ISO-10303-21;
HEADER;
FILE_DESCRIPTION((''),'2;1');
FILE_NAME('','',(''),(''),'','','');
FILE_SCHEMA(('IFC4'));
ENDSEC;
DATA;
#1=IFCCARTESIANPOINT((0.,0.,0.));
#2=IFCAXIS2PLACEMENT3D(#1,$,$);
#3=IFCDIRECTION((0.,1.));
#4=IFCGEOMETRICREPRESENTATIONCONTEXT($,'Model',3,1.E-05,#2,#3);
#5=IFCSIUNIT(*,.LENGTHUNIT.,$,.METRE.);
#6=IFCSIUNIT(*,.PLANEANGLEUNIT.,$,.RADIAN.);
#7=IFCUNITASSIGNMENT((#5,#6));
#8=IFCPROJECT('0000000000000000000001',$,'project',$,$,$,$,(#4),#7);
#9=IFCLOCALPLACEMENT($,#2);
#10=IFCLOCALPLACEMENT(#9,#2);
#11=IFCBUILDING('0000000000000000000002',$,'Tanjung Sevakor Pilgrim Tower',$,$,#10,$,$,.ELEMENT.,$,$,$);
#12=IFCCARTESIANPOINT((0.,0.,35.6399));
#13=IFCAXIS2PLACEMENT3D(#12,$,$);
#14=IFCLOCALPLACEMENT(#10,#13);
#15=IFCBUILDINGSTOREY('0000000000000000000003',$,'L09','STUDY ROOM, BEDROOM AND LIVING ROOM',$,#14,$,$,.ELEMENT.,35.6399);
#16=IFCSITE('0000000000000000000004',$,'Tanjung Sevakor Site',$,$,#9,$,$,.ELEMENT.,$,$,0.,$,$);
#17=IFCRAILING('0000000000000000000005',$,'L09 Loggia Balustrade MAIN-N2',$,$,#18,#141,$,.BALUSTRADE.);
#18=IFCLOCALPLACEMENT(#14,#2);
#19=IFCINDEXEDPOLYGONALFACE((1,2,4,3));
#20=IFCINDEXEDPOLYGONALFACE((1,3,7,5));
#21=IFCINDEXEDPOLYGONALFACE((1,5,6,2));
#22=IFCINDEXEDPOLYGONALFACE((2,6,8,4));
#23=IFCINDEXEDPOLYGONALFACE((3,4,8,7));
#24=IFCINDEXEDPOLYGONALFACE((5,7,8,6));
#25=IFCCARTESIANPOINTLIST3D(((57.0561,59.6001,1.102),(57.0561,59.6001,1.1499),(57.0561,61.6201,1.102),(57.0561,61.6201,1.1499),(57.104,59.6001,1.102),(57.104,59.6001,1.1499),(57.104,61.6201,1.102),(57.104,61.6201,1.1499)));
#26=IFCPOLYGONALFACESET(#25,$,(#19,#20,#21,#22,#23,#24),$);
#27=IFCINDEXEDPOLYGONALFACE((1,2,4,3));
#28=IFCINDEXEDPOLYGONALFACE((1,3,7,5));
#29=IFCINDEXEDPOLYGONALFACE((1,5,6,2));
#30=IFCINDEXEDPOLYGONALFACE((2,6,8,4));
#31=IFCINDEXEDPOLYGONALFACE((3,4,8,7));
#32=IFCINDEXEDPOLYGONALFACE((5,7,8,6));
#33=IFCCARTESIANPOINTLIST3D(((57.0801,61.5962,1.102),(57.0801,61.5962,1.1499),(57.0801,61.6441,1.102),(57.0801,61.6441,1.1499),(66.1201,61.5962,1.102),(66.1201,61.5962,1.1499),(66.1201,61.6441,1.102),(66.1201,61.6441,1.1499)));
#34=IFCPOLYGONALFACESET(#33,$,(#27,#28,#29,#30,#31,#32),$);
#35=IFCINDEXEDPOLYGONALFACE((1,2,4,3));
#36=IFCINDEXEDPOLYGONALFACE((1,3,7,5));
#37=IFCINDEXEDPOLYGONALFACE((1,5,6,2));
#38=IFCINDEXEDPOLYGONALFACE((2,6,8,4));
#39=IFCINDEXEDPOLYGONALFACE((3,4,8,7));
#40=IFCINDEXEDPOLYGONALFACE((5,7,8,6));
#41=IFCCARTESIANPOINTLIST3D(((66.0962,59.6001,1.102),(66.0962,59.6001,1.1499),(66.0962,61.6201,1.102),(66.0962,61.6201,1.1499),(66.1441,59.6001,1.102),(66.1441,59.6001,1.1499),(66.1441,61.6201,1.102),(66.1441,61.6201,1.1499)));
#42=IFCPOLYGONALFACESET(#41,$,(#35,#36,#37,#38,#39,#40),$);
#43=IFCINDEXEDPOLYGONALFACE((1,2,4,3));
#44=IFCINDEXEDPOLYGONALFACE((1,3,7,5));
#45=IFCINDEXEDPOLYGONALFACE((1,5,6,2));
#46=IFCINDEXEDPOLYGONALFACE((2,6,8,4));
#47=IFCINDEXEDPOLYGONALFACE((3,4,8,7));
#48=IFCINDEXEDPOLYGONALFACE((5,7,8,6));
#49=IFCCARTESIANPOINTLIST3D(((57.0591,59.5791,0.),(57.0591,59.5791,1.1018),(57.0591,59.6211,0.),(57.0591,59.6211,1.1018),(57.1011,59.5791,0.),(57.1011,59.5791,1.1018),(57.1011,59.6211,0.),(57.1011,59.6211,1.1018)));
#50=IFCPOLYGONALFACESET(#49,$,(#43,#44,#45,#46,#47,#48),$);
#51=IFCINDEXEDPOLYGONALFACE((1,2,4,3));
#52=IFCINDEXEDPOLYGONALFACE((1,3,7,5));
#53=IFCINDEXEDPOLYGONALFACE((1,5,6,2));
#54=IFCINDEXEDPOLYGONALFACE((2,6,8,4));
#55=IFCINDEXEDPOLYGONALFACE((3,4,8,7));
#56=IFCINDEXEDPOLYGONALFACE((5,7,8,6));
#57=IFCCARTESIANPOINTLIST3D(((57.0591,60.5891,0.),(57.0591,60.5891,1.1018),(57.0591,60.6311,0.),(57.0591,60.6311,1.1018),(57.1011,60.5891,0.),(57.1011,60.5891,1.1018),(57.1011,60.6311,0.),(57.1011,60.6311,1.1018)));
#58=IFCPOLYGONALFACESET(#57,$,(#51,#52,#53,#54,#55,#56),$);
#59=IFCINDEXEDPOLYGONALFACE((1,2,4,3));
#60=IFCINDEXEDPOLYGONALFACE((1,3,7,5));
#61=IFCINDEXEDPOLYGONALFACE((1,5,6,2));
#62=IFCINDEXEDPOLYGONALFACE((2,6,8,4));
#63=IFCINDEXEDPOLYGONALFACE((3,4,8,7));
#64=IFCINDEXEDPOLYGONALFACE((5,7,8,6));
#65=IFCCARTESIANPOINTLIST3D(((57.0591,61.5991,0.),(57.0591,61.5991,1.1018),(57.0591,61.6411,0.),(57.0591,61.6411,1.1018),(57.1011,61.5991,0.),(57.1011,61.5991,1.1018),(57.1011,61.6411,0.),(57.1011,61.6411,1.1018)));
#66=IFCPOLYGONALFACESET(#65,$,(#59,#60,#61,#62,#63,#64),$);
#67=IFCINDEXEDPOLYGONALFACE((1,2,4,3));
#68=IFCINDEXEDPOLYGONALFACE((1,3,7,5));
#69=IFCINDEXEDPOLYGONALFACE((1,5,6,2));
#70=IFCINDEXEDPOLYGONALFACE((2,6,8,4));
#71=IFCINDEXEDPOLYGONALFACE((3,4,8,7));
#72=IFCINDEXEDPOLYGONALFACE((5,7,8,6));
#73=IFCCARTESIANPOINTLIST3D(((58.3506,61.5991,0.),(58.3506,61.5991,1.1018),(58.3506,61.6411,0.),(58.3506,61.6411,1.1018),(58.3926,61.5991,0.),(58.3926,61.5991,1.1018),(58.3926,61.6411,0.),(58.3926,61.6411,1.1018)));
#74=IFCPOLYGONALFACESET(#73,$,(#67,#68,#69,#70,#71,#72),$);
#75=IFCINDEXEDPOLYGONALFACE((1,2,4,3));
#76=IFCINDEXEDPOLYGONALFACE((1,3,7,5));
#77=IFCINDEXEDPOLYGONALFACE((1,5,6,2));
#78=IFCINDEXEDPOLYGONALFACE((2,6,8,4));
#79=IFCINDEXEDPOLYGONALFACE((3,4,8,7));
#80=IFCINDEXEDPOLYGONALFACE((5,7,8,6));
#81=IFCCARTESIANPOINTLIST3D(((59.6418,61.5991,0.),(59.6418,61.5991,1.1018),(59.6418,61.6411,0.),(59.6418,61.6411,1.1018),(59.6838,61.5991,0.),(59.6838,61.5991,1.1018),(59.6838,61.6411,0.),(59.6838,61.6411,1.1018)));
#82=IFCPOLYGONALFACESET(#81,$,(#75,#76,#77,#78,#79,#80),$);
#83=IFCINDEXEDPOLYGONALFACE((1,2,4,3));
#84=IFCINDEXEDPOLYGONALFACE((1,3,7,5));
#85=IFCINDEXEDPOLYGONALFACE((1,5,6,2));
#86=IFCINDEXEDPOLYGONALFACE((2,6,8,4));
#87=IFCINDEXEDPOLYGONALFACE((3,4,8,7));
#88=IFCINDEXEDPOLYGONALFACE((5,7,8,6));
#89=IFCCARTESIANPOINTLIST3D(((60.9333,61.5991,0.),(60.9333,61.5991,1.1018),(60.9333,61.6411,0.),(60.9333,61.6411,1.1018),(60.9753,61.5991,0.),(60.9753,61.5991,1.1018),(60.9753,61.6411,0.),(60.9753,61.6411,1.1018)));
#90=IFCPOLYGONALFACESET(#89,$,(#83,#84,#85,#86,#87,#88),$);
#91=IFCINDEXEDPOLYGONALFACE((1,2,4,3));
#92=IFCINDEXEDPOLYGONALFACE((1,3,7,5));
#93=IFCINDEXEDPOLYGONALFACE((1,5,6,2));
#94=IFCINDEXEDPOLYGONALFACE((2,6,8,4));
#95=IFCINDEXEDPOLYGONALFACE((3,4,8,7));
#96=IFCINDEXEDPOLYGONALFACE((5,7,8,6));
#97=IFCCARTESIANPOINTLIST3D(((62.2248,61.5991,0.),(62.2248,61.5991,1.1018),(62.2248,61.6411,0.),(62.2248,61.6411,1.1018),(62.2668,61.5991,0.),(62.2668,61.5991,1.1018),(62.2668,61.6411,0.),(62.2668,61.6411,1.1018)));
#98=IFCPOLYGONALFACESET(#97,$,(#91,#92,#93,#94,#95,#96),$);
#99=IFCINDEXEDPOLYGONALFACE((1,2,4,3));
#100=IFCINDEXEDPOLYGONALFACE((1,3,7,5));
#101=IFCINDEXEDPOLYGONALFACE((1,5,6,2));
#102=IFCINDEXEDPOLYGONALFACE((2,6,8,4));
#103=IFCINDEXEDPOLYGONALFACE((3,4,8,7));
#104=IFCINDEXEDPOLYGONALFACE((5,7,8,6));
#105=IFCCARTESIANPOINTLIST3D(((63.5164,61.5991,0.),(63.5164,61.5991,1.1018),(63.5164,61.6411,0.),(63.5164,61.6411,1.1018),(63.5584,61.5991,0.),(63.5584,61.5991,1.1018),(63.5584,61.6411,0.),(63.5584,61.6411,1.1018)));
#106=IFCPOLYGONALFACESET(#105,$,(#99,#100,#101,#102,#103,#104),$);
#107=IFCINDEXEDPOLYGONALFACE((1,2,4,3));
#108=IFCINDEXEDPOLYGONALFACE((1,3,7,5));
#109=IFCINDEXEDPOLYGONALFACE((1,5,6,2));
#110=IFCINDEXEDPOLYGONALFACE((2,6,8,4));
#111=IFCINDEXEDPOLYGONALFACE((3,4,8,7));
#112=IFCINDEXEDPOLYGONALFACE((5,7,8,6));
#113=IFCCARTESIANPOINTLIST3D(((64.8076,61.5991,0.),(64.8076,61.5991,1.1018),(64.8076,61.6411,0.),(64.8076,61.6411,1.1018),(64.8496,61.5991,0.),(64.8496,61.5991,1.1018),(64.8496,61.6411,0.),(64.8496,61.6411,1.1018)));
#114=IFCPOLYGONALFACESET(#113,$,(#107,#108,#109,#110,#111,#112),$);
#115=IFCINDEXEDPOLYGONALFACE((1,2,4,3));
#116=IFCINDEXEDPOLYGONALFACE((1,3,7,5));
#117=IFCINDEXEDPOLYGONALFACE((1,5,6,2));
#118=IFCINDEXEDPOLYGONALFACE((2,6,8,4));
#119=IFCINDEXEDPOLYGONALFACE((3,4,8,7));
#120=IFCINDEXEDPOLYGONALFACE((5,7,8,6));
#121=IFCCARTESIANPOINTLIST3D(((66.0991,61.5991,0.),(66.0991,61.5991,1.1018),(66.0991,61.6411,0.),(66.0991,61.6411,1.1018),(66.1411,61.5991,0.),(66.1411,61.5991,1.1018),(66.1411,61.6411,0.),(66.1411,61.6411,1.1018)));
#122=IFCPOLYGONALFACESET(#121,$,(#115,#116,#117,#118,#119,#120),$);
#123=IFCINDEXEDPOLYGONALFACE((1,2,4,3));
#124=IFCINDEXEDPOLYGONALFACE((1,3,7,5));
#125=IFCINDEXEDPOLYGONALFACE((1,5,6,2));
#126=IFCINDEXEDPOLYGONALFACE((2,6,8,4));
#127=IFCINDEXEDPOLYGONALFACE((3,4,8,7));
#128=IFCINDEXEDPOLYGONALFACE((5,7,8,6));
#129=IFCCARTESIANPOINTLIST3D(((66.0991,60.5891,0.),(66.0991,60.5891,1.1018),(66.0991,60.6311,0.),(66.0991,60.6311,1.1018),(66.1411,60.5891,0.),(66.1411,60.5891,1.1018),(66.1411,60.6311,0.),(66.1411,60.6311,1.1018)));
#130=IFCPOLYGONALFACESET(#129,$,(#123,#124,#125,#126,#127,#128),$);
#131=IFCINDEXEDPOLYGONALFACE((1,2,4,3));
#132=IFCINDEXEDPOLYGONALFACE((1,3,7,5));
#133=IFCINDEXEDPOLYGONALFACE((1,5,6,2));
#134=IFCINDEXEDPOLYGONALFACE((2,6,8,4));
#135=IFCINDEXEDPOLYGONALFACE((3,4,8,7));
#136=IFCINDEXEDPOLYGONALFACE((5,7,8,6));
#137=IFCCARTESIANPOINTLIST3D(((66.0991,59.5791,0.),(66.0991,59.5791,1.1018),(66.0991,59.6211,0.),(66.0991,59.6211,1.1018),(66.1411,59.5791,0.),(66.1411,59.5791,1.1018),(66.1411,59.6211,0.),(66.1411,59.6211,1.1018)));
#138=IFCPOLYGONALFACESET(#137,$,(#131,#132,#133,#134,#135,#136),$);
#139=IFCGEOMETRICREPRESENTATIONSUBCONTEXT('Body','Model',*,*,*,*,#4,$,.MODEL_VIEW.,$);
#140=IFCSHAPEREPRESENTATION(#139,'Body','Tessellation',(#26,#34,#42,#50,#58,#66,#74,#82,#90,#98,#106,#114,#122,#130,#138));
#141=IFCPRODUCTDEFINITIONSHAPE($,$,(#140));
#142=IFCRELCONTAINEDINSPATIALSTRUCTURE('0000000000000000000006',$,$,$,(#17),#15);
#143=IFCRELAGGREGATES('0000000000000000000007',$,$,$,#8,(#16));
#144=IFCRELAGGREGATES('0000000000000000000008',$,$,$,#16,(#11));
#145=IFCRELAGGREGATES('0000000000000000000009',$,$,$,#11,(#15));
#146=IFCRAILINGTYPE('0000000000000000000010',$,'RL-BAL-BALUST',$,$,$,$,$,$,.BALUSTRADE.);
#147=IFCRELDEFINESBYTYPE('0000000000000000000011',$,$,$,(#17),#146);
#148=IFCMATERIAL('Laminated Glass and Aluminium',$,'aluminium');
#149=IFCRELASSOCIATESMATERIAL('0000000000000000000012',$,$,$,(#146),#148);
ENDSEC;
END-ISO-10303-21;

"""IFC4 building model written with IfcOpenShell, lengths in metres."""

from ifc_helpers import new_model, si_unit, direction, frame, origin, place, context, subcontext, project, spatial, rectangle, extrude, material, type_object, element, save


model = new_model("IFC4")

# Units and contexts
model_context = context("Model", 3, precision=1e-05, world=origin(), true_north=direction((0.0, 1.0)))
body_context = subcontext(model_context, "Body", "Model", "MODEL_VIEW")
ifc_project = project(units=[si_unit("LENGTHUNIT", "METRE"), si_unit("PLANEANGLEUNIT", "RADIAN")], contexts=[model_context])

# Site, building, storey
site_placement = place(None, origin())
site = spatial("IfcSite", under=ifc_project, at=site_placement, Name="Tanjung Sevakor Site", CompositionType="ELEMENT", RefElevation=0.0)
building_placement = place(site_placement, origin())
building = spatial("IfcBuilding", under=site, at=building_placement, Name="Tanjung Sevakor Pilgrim Tower", CompositionType="ELEMENT")
storey_placement = place(building_placement, frame((0.0, 0.0, 35.6399)))
storey = spatial("IfcBuildingStorey", under=building, at=storey_placement, Name="L09", Description="STUDY ROOM, BEDROOM AND LIVING ROOM", CompositionType="ELEMENT", Elevation=35.6399)

# Railing
ifc_material_1 = material(Name="Laminated Glass and Aluminium", Category="aluminium")
railing_type = type_object("IfcRailingType", Name="RL-BAL-BALUST", PredefinedType="BALUSTRADE", material=ifc_material_1)
railing_1_placement = place(storey_placement, frame((57.0801, 59.6001, 0.0)))
element("IfcRailing", 1, at=railing_1_placement, inside=storey, type_object=railing_type, Name="L09 Loggia Balustrade MAIN-N2", PredefinedType="BALUSTRADE", context=body_context, shape_type="SweptSolid", body=[
    extrude(rectangle(XDim=0.0479, YDim=0.0479), frame((0.0, 0.0, 1.126), z_axis=(0.0, 1.0, 0.0), x_axis=(-1.0, 0.0, 0.0)), (0.0, 0.0, 1.0), 2.02),
    extrude(rectangle(XDim=0.0479, YDim=0.0479), frame((0.0, 2.02, 1.126), z_axis=(1.0, 0.0, 0.0), x_axis=(0.0, 1.0, 0.0)), (0.0, 0.0, 1.0), 9.04),
    extrude(rectangle(XDim=0.0479, YDim=0.0479), frame((9.04, 2.02, 1.126), z_axis=(0.0, -1.0, 0.0), x_axis=(1.0, 0.0, 0.0)), (0.0, 0.0, 1.0), 2.02),
    extrude(rectangle(XDim=0.042, YDim=0.042), origin(), (0.0, 0.0, 1.0), 1.1018),
    extrude(rectangle(XDim=0.042, YDim=0.042), frame((0.0, 1.01, 0.0)), (0.0, 0.0, 1.0), 1.1018),
    extrude(rectangle(XDim=0.042, YDim=0.042), frame((0.0, 2.02, 0.0)), (0.0, 0.0, 1.0), 1.1018),
    extrude(rectangle(XDim=0.042, YDim=0.042), frame((1.2915, 2.02, 0.0)), (0.0, 0.0, 1.0), 1.1018),
    extrude(rectangle(XDim=0.042, YDim=0.042), frame((2.5828, 2.02, 0.0)), (0.0, 0.0, 1.0), 1.1018),
    extrude(rectangle(XDim=0.042, YDim=0.042), frame((3.8743, 2.02, 0.0)), (0.0, 0.0, 1.0), 1.1018),
    extrude(rectangle(XDim=0.042, YDim=0.042), frame((5.1658, 2.02, 0.0)), (0.0, 0.0, 1.0), 1.1018),
    extrude(rectangle(XDim=0.042, YDim=0.042), frame((6.4573, 2.02, 0.0)), (0.0, 0.0, 1.0), 1.1018),
    extrude(rectangle(XDim=0.042, YDim=0.042), frame((7.7485, 2.02, 0.0)), (0.0, 0.0, 1.0), 1.1018),
    extrude(rectangle(XDim=0.042, YDim=0.042), frame((9.04, 2.02, 0.0)), (0.0, 0.0, 1.0), 1.1018),
    extrude(rectangle(XDim=0.042, YDim=0.042), frame((9.04, 1.01, 0.0)), (0.0, 0.0, 1.0), 1.1018),
    extrude(rectangle(XDim=0.042, YDim=0.042), frame((9.04, 0.0, 0.0)), (0.0, 0.0, 1.0), 1.1018),
])

save(model, "model.ifc")
